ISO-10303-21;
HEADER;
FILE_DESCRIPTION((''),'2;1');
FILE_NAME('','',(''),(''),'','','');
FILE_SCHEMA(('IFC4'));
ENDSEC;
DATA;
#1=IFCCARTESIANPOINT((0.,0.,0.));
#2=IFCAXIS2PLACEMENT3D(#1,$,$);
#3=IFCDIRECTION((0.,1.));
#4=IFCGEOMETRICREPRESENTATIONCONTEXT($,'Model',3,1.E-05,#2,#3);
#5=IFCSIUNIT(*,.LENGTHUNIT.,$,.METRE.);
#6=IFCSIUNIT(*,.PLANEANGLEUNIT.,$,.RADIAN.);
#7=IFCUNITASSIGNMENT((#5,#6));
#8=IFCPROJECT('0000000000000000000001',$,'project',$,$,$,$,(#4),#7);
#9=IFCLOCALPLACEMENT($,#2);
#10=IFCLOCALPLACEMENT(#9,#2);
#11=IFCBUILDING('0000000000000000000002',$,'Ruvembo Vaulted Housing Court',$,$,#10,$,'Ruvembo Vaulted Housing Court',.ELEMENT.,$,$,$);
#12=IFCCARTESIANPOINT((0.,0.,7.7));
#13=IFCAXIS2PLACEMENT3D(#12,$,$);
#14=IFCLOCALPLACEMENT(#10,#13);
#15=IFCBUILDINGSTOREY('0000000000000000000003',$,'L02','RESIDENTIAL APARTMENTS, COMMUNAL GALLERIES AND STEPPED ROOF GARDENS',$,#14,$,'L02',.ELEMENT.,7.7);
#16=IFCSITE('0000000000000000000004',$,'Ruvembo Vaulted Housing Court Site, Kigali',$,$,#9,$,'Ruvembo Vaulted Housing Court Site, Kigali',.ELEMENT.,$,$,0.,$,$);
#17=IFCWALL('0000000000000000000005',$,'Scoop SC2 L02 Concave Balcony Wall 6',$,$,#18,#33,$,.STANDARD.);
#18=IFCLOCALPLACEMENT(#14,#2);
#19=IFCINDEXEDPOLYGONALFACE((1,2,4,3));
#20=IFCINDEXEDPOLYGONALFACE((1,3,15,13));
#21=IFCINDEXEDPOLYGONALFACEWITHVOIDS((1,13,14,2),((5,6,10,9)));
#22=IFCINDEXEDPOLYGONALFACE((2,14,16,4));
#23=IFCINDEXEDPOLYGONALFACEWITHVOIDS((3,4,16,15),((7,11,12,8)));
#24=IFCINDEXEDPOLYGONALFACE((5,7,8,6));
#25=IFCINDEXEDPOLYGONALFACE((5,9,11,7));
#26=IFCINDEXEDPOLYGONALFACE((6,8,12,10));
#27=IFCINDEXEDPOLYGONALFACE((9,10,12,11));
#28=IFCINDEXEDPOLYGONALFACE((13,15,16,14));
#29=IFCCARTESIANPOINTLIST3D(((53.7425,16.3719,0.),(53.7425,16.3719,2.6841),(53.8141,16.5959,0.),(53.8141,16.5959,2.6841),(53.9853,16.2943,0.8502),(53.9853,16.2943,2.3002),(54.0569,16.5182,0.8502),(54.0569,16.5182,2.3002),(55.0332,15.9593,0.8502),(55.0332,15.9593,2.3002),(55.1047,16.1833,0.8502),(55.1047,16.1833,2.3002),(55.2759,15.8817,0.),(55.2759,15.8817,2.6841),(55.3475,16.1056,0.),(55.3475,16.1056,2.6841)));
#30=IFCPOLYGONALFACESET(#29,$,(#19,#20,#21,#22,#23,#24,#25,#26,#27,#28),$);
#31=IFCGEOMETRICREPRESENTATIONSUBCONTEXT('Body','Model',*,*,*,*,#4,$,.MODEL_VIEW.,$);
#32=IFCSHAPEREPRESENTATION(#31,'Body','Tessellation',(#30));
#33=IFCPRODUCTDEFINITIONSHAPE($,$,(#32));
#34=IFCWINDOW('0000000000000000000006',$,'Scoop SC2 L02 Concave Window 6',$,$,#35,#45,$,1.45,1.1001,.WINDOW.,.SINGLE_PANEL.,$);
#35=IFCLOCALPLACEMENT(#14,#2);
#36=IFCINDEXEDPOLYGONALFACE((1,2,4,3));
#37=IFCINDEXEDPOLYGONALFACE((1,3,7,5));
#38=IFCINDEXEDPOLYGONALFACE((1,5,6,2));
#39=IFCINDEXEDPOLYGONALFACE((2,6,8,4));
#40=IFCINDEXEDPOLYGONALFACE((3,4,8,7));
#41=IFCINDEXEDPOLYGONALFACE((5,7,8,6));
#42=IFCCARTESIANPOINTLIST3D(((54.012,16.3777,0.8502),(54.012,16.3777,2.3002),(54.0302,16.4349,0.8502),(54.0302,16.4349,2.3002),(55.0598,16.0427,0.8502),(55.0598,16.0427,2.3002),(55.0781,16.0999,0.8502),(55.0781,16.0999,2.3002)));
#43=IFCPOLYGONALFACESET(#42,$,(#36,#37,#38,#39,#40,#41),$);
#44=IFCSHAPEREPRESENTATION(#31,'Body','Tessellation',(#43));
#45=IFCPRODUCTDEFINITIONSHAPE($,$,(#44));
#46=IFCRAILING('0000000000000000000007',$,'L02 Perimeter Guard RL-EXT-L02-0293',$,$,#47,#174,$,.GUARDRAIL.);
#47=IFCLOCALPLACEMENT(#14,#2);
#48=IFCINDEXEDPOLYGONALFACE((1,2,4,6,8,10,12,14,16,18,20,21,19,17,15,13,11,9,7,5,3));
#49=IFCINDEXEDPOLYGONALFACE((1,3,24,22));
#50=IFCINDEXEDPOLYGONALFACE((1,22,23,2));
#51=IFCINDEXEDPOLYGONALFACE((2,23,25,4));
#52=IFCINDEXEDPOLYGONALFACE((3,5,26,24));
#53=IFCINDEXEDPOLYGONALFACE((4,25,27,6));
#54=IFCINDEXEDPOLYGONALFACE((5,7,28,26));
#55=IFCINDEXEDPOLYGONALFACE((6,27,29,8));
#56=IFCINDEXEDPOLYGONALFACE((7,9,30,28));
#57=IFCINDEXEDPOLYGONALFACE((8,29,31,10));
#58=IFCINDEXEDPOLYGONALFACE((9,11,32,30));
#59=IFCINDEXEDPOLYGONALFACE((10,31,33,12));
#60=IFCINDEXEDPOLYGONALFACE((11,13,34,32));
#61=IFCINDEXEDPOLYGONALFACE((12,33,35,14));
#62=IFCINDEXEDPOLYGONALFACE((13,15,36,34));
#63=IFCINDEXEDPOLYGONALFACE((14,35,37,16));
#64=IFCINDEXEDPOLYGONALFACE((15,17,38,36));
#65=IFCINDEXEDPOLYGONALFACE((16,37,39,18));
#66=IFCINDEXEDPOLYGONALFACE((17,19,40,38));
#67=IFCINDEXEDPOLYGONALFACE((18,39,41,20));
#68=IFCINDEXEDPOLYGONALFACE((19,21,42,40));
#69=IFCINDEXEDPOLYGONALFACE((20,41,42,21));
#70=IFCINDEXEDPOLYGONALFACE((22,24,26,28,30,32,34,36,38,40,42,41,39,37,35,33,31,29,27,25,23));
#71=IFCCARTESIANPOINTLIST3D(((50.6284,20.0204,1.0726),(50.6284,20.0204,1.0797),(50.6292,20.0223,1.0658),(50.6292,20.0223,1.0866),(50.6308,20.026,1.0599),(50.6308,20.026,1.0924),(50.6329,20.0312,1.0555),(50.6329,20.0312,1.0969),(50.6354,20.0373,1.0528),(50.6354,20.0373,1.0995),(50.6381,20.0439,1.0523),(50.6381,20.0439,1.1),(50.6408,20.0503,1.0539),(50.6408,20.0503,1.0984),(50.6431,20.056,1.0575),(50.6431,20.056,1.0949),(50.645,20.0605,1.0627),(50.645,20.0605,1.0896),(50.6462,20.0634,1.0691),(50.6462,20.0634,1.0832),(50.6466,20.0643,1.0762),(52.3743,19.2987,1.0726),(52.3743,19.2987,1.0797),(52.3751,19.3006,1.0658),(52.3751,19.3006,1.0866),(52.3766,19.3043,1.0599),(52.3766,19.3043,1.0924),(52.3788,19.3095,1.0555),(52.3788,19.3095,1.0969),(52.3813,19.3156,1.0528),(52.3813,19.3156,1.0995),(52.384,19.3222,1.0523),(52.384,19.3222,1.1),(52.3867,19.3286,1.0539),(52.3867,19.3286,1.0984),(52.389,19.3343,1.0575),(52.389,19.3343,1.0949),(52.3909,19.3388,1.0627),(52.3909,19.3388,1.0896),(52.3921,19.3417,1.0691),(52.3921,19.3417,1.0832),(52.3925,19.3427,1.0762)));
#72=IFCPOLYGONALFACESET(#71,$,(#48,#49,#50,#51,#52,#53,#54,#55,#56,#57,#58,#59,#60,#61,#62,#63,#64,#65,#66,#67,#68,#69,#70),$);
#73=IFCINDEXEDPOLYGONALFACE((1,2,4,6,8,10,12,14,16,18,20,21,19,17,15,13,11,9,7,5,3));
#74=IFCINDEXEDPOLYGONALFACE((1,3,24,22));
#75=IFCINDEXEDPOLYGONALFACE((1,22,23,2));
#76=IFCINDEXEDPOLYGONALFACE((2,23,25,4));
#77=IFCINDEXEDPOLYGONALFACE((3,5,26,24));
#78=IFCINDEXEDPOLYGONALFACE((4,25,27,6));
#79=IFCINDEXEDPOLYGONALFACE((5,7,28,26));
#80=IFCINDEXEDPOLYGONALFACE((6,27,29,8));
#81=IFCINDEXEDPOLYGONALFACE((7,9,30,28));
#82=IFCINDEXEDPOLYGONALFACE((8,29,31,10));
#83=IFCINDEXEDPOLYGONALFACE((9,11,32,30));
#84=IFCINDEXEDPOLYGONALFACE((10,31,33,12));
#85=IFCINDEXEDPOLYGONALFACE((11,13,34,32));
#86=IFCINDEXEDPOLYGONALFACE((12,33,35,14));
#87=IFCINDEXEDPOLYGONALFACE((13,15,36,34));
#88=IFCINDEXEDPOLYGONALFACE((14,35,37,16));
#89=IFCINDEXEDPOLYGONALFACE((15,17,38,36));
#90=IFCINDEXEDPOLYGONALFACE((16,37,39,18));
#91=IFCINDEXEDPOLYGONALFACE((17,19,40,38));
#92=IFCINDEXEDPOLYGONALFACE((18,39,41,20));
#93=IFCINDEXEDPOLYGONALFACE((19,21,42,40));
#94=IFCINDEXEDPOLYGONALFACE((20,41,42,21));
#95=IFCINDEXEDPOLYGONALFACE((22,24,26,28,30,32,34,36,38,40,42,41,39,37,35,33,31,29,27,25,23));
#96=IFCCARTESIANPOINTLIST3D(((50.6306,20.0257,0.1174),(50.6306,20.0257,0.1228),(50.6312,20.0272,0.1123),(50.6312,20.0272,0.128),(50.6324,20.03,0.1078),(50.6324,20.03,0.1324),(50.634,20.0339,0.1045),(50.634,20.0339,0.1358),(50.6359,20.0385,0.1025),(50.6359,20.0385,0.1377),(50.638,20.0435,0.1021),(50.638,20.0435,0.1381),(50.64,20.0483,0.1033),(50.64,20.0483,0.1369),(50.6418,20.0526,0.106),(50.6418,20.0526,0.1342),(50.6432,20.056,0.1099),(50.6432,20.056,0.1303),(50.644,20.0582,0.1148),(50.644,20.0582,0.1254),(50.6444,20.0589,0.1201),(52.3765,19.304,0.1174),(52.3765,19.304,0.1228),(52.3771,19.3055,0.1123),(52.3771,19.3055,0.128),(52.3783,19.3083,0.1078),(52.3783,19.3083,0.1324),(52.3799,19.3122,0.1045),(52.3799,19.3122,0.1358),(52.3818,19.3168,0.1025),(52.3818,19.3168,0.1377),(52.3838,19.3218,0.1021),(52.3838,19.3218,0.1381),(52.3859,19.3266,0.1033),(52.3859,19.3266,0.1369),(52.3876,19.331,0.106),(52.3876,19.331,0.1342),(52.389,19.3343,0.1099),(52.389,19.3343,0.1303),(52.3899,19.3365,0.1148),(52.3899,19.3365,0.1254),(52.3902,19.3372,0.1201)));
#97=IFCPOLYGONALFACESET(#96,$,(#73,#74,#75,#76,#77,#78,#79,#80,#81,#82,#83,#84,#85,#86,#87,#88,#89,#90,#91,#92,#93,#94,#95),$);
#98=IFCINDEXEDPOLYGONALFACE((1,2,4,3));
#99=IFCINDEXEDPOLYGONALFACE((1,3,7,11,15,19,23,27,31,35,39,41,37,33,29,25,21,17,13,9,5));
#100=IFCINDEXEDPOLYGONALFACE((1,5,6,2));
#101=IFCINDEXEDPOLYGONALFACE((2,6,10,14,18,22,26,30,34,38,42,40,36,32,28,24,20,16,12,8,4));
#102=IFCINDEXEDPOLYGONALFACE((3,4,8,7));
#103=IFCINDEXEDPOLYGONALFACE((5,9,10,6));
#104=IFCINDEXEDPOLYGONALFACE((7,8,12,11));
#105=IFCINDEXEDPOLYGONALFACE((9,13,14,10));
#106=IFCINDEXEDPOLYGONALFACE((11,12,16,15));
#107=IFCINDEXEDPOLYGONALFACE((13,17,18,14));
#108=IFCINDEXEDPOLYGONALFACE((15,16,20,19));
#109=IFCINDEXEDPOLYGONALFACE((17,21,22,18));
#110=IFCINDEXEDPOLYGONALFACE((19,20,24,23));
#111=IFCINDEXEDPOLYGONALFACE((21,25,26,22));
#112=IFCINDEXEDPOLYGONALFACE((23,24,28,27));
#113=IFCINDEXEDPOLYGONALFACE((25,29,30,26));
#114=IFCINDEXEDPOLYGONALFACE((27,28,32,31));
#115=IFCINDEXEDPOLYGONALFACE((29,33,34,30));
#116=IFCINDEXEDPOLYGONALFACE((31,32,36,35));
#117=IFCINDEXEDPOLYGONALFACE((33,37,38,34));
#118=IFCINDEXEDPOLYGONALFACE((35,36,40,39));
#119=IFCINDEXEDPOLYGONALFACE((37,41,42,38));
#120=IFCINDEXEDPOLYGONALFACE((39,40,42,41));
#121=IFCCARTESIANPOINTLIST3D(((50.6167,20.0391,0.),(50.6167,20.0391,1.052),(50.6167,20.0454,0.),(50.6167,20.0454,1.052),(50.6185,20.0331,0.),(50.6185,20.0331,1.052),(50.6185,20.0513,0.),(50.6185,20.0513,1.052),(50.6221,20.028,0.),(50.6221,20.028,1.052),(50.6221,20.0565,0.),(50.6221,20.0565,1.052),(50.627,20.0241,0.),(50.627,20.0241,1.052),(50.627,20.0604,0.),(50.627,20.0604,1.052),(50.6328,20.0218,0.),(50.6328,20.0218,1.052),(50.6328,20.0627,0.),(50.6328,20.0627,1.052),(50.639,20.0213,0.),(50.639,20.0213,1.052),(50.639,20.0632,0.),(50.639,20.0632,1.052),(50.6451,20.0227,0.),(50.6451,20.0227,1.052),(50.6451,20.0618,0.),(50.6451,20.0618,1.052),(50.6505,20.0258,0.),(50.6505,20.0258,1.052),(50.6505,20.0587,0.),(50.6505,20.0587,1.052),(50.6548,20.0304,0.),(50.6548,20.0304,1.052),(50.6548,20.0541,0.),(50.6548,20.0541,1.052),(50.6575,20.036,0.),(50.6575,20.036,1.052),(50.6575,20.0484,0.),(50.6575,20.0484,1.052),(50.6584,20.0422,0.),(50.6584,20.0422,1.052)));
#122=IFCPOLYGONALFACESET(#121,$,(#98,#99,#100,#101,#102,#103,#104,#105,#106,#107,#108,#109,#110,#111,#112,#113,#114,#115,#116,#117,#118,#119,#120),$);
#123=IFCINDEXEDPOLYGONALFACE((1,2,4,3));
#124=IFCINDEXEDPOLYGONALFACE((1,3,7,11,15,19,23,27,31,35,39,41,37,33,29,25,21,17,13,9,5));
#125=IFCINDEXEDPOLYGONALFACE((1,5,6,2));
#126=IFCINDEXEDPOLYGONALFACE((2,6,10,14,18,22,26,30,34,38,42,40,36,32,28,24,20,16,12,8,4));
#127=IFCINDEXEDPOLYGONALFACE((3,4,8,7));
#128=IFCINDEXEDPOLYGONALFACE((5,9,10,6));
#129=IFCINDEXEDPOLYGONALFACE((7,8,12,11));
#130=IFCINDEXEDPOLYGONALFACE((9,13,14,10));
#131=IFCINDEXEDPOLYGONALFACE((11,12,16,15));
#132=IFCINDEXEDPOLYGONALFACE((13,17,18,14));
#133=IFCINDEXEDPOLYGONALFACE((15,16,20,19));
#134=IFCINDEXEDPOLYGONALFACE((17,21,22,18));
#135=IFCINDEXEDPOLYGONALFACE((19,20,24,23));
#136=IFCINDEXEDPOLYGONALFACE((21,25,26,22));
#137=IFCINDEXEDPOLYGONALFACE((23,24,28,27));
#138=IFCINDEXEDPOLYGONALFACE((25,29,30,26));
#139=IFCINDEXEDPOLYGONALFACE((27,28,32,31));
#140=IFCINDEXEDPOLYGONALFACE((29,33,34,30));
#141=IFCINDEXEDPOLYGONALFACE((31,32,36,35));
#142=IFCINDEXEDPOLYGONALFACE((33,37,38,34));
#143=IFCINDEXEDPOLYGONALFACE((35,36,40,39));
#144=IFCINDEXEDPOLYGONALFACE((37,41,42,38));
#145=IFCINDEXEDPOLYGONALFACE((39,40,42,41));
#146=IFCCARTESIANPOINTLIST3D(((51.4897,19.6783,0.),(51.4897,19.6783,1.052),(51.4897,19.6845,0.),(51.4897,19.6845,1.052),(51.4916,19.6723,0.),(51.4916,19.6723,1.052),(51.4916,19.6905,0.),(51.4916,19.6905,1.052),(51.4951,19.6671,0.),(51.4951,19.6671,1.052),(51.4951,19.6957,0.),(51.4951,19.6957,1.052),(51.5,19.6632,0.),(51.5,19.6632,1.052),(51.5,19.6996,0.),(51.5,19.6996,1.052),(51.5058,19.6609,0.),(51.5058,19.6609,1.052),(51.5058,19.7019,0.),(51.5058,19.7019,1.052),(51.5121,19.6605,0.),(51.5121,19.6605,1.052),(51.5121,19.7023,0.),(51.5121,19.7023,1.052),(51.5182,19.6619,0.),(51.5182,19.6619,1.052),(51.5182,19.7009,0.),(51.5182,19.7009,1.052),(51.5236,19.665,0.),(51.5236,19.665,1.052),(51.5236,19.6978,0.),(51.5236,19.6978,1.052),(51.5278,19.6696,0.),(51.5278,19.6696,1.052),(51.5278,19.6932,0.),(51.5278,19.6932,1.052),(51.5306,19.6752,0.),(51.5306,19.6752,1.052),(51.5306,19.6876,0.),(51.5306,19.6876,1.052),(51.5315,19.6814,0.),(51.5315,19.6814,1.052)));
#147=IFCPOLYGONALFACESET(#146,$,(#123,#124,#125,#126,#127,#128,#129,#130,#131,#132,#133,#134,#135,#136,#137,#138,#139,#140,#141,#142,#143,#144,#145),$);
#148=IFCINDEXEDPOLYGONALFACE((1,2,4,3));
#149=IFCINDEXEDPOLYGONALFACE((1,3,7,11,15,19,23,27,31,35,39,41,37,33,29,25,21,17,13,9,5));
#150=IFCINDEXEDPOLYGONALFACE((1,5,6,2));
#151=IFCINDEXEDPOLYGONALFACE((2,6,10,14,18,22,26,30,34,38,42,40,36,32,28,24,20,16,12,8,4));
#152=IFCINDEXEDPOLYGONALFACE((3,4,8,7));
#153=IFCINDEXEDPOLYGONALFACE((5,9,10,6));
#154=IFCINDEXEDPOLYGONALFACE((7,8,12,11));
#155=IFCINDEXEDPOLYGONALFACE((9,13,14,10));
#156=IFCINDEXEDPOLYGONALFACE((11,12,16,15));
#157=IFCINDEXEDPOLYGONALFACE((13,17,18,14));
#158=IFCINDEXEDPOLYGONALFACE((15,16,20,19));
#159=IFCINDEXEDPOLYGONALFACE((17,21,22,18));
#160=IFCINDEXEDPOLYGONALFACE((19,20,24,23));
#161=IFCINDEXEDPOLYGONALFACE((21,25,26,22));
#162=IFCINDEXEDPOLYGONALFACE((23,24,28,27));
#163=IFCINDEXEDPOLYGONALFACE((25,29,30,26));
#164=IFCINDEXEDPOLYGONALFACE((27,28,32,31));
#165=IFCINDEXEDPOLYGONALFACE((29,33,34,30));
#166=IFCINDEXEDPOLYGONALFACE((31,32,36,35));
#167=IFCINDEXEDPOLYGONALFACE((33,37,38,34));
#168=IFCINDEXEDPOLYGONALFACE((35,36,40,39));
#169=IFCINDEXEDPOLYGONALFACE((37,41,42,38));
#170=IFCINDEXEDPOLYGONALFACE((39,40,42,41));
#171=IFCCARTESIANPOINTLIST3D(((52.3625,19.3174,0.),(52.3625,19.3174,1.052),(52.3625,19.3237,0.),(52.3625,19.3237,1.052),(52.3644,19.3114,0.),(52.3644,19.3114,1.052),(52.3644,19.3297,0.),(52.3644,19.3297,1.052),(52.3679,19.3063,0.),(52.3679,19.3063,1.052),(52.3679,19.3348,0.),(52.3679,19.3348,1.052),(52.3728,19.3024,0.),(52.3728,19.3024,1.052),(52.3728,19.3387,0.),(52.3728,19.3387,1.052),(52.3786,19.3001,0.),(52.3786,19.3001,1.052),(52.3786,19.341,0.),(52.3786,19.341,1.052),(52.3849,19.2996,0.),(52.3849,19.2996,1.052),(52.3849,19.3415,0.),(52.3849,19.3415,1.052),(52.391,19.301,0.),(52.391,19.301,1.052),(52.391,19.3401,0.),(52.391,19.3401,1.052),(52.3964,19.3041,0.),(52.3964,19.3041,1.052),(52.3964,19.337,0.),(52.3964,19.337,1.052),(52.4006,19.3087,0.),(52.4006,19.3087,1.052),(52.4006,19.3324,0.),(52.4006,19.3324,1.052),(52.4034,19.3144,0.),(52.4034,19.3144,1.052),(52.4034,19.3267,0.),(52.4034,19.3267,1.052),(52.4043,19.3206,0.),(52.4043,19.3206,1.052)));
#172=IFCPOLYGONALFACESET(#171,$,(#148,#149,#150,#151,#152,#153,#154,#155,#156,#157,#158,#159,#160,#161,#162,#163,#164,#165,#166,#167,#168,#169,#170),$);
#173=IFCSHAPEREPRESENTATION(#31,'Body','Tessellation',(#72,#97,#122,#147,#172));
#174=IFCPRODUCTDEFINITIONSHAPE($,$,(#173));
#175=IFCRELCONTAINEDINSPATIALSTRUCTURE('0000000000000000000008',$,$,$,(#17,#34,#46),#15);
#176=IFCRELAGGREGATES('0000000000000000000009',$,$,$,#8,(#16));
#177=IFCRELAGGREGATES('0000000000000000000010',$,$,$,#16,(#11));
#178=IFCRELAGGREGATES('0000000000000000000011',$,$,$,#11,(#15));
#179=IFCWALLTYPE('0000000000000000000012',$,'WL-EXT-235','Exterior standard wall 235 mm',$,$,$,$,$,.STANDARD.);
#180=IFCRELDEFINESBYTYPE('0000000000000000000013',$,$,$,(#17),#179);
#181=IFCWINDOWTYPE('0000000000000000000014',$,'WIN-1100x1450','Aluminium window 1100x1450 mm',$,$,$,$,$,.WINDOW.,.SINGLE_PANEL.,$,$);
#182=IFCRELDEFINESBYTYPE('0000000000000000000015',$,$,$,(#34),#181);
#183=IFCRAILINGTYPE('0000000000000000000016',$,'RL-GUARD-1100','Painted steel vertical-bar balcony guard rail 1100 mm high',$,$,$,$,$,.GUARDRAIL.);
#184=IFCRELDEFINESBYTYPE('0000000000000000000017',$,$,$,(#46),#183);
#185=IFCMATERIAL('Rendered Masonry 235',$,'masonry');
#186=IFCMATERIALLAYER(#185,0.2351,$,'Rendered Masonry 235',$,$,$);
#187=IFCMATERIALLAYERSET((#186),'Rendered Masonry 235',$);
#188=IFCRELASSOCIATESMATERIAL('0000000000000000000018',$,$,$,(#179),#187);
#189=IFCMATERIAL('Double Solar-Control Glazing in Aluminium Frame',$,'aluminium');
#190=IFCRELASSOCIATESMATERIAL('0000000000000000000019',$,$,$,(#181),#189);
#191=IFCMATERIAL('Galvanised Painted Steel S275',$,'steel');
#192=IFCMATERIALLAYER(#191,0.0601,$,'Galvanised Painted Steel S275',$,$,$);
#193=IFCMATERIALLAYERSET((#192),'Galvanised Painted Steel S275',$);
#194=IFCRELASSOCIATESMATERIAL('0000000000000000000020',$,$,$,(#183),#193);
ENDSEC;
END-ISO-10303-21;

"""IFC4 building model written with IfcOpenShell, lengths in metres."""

from ifc_helpers import new_model, si_unit, direction, frame, frame_2d, origin, origin_2d, place, context, subcontext, project, spatial, rectangle, circle, extrude, material, layer, layer_set, type_object, element, fill, save


model = new_model("IFC4")

# Units and contexts
model_context = context("Model", 3, precision=1e-05, world=origin(), true_north=direction((0.0, 1.0)))
body_context = subcontext(model_context, "Body", "Model", "MODEL_VIEW")
ifc_project = project(units=[si_unit("LENGTHUNIT", "METRE"), si_unit("PLANEANGLEUNIT", "RADIAN")], contexts=[model_context])

# Site, building, storey
site_placement = place(None, origin())
site = spatial("IfcSite", under=ifc_project, at=site_placement, Name="Ruvembo Vaulted Housing Court Site, Kigali", LongName="Ruvembo Vaulted Housing Court Site, Kigali", CompositionType="ELEMENT", RefElevation=0.0)
building_placement = place(site_placement, origin())
building = spatial("IfcBuilding", under=site, at=building_placement, Name="Ruvembo Vaulted Housing Court", LongName="Ruvembo Vaulted Housing Court", CompositionType="ELEMENT")
storey_placement = place(building_placement, frame((0.0, 0.0, 7.7)))
storey = spatial("IfcBuildingStorey", under=building, at=storey_placement, Name="L02", Description="RESIDENTIAL APARTMENTS, COMMUNAL GALLERIES AND STEPPED ROOF GARDENS", LongName="L02", CompositionType="ELEMENT", Elevation=7.7)

# Wall, opening, window
ifc_material_1 = material(Name="Rendered Masonry 235", Category="masonry")
ifc_layer_1 = layer(ifc_material_1, 0.2351, Name="Rendered Masonry 235")
ifc_layer_set_1 = layer_set([ifc_layer_1], Name="Rendered Masonry 235")
wall_type_1 = type_object("IfcWallType", Name="WL-EXT-235", Description="Exterior standard wall 235 mm", PredefinedType="STANDARD", material=ifc_layer_set_1)
ifc_material_2 = material(Name="Double Solar-Control Glazing in Aluminium Frame", Category="aluminium")
wall_1_placement = place(storey_placement, frame((53.7783, 16.4839, 0.0), z_axis=(0.0, 0.0, 1.0), x_axis=(0.952509, -0.304512, 0.0)))
wall_1 = element("IfcWall", 1, at=wall_1_placement, inside=storey, type_object=wall_type_1, Name="Scoop SC2 L02 Concave Balcony Wall 6", PredefinedType="STANDARD", context=body_context, shape_type="SweptSolid", body=[
    extrude(rectangle(XDim=1.6099, YDim=0.2351, at=frame_2d((0.8049, 0.0))), origin(), (0.0, 0.0, 1.0), 2.6841),
])
opening_1_placement = place(wall_1_placement, frame((0.2549, 0.0, 0.8501)))
opening_1 = element("IfcOpeningElement", 2, at=opening_1_placement, cuts=wall_1, PredefinedType="OPENING", context=body_context, shape_type="SweptSolid", body=[
    extrude(rectangle(XDim=1.1001, YDim=1.45, at=frame_2d((0.55, 0.7251))), frame((0.0, 0.1274, 0.0), z_axis=(0.0, -1.0, 0.0), x_axis=(1.0, 0.0, 0.0)), (0.0, 0.0, 1.0), 0.2551),
])
window_type_1 = type_object("IfcWindowType", Name="WIN-1100x1450", Description="Aluminium window 1100x1450 mm", PartitioningType="SINGLE_PANEL", PredefinedType="WINDOW", material=ifc_material_2)
window_1_placement = place(opening_1_placement, origin())
window_1 = element("IfcWindow", 3, at=window_1_placement, inside=storey, type_object=window_type_1, Name="Scoop SC2 L02 Concave Window 6", OverallHeight=1.45, OverallWidth=1.1001, PartitioningType="SINGLE_PANEL", PredefinedType="WINDOW", context=body_context, shape_type="SweptSolid", body=[
    extrude(rectangle(XDim=1.1001, YDim=1.45, at=frame_2d((0.55, 0.7251))), frame((0.0, 0.03, 0.0), z_axis=(0.0, -1.0, 0.0), x_axis=(1.0, 0.0, 0.0)), (0.0, 0.0, 1.0), 0.0601),
])
fill(opening_1, window_1)

# Railing
ifc_material_3 = material(Name="Galvanised Painted Steel S275", Category="steel")
ifc_layer_2 = layer(ifc_material_3, 0.0601, Name="Galvanised Painted Steel S275")
ifc_layer_set_2 = layer_set([ifc_layer_2], Name="Galvanised Painted Steel S275")
railing_type = type_object("IfcRailingType", Name="RL-GUARD-1100", Description="Painted steel vertical-bar balcony guard rail 1100 mm high", PredefinedType="GUARDRAIL", material=ifc_layer_set_2)
railing_1_placement = place(storey_placement, frame((50.6375, 20.0422, 0.0)))
element("IfcRailing", 4, at=railing_1_placement, inside=storey, type_object=railing_type, Name="L02 Perimeter Guard RL-EXT-L02-0293", PredefinedType="GUARDRAIL", context=body_context, shape_type="SweptSolid", body=[
    extrude(circle(Radius=0.0239, at=origin_2d()), frame((0.0, 0.0, 1.0762), z_axis=(0.924155, -0.382017, 0.0), x_axis=(0.382017, 0.924155, 0.0)), (0.0, 0.0, 1.0), 1.8892),
    extrude(circle(Radius=0.0181, at=origin_2d()), frame((0.0, 0.0, 0.1201), z_axis=(0.924155, -0.382017, 0.0), x_axis=(0.382017, 0.924155, 0.0)), (0.0, 0.0, 1.0), 1.8892),
    extrude(circle(Radius=0.021, at=origin_2d()), origin(), (0.0, 0.0, 1.0), 1.052),
    extrude(circle(Radius=0.021, at=origin_2d()), frame((0.873, -0.3608, 0.0)), (0.0, 0.0, 1.0), 1.052),
    extrude(circle(Radius=0.021, at=origin_2d()), frame((1.7458, -0.7217, 0.0)), (0.0, 0.0, 1.0), 1.052),
])

save(model, "model.ifc")
